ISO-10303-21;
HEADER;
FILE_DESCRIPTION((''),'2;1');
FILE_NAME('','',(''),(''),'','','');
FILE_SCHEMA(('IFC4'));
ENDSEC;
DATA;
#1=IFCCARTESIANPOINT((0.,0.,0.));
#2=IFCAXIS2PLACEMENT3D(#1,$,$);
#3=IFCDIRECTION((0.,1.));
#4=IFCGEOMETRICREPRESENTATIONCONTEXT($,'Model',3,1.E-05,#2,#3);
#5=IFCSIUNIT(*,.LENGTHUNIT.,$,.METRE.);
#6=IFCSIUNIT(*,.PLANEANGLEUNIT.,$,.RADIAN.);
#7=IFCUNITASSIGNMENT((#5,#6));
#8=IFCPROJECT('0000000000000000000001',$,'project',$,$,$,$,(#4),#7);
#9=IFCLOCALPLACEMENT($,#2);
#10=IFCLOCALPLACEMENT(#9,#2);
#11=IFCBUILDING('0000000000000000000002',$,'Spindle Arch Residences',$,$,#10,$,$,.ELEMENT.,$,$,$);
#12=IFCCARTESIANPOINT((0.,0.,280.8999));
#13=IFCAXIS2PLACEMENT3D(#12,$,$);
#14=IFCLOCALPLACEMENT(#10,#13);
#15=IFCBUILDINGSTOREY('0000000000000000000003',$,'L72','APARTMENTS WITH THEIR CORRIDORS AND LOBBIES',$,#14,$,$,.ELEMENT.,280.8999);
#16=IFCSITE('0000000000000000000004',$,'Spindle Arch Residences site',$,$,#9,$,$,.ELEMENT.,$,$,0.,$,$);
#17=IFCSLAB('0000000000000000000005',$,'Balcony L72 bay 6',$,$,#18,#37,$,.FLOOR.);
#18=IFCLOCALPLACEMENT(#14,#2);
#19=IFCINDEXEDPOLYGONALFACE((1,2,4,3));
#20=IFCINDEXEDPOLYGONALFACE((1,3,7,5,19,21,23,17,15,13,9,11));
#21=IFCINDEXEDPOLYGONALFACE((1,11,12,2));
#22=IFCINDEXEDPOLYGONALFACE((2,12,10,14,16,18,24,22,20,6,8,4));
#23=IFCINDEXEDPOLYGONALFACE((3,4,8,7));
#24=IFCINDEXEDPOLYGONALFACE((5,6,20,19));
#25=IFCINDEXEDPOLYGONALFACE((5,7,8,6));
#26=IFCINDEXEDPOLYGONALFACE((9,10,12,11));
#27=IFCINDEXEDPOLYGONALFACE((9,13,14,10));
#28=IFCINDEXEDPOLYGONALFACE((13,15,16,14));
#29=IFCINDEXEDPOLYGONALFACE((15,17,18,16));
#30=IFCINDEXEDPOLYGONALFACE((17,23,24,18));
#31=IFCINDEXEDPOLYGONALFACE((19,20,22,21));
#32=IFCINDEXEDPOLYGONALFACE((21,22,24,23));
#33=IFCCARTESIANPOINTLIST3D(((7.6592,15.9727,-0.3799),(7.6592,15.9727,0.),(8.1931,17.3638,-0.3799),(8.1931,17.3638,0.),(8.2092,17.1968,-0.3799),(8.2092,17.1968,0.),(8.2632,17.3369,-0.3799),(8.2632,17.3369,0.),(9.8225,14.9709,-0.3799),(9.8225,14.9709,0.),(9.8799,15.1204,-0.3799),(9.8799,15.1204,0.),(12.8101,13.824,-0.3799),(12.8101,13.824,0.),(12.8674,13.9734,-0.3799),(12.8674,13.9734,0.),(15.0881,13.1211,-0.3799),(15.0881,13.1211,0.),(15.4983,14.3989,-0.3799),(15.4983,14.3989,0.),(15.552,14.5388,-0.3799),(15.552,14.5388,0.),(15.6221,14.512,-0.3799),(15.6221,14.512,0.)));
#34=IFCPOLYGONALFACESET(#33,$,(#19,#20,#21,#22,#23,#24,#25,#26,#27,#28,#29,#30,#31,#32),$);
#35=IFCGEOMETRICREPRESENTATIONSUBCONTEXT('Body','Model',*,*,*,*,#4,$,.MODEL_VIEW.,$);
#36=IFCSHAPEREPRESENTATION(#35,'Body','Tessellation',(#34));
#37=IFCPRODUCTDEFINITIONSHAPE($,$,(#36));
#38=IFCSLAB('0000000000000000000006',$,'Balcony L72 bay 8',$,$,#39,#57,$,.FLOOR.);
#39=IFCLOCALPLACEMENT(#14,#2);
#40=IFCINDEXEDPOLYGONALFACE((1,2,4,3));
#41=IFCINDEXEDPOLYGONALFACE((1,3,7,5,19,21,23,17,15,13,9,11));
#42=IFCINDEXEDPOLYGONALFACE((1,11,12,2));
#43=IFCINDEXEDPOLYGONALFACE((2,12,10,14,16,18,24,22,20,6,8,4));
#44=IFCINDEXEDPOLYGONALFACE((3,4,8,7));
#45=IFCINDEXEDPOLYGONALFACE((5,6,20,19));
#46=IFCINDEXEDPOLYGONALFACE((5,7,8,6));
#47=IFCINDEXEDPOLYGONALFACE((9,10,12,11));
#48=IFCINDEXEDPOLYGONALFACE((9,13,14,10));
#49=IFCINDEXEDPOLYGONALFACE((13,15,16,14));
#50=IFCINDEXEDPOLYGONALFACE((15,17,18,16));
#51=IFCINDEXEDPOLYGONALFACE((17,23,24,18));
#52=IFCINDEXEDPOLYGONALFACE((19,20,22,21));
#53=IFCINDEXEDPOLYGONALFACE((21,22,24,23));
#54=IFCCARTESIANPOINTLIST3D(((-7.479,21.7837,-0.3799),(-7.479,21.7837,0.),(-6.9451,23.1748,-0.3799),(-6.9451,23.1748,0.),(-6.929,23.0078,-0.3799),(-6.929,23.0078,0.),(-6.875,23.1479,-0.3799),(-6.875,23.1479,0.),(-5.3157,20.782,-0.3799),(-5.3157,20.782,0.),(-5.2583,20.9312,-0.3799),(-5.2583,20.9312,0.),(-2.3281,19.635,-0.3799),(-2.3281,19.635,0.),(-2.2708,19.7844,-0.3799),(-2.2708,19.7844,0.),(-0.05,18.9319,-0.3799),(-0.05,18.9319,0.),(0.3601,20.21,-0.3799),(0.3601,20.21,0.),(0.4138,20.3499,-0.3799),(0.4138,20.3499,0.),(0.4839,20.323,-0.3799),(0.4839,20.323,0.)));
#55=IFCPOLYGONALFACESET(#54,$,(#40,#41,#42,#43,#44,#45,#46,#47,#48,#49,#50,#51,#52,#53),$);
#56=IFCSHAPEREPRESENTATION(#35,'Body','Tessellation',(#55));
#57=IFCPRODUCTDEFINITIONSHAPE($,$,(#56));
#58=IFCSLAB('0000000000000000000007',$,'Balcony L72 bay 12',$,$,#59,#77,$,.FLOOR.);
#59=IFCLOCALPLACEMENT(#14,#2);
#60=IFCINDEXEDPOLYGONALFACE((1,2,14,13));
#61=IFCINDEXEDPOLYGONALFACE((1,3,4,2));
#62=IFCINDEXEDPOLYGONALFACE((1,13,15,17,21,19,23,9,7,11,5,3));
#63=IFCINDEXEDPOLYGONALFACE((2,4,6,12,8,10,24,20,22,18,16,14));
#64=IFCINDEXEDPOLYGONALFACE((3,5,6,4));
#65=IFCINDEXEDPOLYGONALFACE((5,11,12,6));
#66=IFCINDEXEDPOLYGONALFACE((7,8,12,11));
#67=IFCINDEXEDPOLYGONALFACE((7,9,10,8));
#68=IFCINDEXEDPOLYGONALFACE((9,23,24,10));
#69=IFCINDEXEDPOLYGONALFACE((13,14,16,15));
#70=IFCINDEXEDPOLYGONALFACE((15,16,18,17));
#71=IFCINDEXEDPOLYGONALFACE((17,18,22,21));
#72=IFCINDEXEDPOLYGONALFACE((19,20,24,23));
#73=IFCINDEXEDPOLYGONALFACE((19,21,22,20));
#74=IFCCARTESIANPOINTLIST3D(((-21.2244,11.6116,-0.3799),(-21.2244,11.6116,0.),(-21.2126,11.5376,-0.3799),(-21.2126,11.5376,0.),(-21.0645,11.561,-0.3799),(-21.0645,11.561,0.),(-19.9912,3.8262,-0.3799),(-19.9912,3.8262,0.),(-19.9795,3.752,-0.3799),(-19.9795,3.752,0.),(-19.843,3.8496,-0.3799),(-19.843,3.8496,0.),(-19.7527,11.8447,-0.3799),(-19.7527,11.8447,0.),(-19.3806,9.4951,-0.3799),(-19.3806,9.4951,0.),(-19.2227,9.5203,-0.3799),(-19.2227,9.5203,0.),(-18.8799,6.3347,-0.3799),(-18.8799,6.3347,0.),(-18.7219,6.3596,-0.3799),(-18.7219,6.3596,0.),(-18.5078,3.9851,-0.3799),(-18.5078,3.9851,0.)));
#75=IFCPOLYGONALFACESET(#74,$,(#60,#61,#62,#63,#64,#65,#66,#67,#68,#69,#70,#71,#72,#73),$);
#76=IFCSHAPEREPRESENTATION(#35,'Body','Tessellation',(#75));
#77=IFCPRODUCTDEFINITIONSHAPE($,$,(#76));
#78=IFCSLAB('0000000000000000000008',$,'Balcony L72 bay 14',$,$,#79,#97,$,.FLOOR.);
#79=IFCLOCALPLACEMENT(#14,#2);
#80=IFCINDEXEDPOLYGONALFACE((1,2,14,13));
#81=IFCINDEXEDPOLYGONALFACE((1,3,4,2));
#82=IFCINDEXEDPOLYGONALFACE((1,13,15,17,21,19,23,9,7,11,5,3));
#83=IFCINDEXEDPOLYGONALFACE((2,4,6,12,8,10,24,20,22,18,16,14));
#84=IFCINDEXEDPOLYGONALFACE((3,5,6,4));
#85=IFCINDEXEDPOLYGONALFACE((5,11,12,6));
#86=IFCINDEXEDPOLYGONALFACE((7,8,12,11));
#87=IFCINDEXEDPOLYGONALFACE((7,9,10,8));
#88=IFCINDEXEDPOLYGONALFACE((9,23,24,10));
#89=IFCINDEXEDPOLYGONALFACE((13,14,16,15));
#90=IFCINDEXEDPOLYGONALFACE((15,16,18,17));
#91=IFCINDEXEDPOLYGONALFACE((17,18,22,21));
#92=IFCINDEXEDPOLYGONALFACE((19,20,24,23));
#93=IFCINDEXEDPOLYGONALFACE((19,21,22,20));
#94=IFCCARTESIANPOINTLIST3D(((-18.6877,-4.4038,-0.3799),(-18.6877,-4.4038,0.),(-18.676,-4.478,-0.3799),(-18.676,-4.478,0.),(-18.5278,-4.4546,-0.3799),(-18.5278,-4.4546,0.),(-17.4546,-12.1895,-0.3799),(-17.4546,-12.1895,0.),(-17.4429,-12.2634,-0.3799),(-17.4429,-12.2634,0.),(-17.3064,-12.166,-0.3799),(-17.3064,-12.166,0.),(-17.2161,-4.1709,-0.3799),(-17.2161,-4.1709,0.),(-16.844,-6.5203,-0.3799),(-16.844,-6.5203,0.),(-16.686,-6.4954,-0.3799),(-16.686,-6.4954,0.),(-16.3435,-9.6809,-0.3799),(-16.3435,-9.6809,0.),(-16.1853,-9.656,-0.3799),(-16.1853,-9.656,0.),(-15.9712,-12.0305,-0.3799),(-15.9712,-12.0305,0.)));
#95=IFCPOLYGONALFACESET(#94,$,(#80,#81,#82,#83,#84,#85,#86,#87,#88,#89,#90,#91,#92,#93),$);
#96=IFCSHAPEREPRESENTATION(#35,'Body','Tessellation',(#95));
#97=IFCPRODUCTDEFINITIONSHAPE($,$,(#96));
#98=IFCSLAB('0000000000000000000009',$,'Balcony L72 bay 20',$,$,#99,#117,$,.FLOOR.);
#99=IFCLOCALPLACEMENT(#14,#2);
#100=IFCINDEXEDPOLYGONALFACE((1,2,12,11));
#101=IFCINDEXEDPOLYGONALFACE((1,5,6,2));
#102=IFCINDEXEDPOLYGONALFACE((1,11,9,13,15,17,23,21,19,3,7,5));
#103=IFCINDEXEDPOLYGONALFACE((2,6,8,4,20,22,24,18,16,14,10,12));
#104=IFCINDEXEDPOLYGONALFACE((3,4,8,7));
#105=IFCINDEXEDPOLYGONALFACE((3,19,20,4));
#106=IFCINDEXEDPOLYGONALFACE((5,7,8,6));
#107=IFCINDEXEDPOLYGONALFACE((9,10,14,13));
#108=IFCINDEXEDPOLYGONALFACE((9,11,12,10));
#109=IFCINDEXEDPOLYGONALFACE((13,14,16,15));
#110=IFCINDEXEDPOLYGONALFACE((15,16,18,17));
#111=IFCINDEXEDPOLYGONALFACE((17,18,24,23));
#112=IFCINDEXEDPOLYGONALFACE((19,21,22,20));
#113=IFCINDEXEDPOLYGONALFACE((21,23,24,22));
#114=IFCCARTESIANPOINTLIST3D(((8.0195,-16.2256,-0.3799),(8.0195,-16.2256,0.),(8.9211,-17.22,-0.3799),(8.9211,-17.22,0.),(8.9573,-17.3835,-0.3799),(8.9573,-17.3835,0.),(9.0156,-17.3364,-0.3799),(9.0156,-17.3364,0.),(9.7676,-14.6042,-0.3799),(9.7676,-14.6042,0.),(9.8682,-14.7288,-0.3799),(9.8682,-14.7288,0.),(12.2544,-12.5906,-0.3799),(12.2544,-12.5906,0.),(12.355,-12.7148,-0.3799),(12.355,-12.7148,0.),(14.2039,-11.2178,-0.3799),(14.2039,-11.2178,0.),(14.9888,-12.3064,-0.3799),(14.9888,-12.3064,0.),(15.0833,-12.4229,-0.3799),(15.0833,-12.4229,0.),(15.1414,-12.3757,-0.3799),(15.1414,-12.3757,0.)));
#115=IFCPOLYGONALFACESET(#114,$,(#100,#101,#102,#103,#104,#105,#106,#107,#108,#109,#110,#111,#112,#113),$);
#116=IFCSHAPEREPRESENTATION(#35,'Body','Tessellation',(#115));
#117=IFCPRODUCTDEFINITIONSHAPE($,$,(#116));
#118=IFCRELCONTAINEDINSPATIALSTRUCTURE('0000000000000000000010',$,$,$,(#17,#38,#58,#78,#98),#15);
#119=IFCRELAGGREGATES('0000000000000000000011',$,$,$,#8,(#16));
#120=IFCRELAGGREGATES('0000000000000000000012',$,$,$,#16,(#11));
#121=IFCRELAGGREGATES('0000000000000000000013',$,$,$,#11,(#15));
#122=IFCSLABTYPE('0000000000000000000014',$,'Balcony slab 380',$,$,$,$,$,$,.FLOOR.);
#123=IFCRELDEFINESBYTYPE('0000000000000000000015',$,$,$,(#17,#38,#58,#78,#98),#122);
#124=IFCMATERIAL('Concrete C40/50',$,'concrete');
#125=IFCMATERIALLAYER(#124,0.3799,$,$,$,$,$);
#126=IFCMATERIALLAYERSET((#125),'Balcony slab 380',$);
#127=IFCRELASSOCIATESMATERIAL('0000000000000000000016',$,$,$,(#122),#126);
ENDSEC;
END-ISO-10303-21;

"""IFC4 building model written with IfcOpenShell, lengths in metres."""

from ifc_helpers import new_model, si_unit, direction, frame, origin, place, context, subcontext, project, spatial, polyline, outline, extrude, material, layer, layer_set, type_object, element, save


model = new_model("IFC4")

# Units and contexts
model_context = context("Model", 3, precision=1e-05, world=origin(), true_north=direction((0.0, 1.0)))
body_context = subcontext(model_context, "Body", "Model", "MODEL_VIEW")
ifc_project = project(units=[si_unit("LENGTHUNIT", "METRE"), si_unit("PLANEANGLEUNIT", "RADIAN")], contexts=[model_context])

# Site, building, storey
site_placement = place(None, origin())
site = spatial("IfcSite", under=ifc_project, at=site_placement, Name="Spindle Arch Residences site", CompositionType="ELEMENT", RefElevation=0.0)
building_placement = place(site_placement, origin())
building = spatial("IfcBuilding", under=site, at=building_placement, Name="Spindle Arch Residences", CompositionType="ELEMENT")
storey_placement = place(building_placement, frame((0.0, 0.0, 280.8999)))
storey = spatial("IfcBuildingStorey", under=building, at=storey_placement, Name="L72", Description="APARTMENTS WITH THEIR CORRIDORS AND LOBBIES", CompositionType="ELEMENT", Elevation=280.8999)

# Slabs
ifc_material_1 = material(Name="Concrete C40/50", Category="concrete")
ifc_layer_1 = layer(ifc_material_1, 0.3799)
ifc_layer_set_1 = layer_set([ifc_layer_1], Name="Balcony slab 380")
slab_type_1 = type_object("IfcSlabType", Name="Balcony slab 380", PredefinedType="FLOOR", material=ifc_layer_set_1)
slab_1_placement = place(storey_placement, frame((0.0, 0.0, -0.3799)))
element("IfcSlab", 1, at=slab_1_placement, inside=storey, type_object=slab_type_1, Name="Balcony L72 bay 6", PredefinedType="FLOOR", context=body_context, shape_type="SweptSolid", body=[
    extrude(outline(polyline([(15.6221, 14.512), (15.552, 14.5388), (15.4983, 14.3989), (8.2092, 17.1968), (8.2632, 17.3369), (8.1931, 17.3638), (7.6592, 15.9727), (9.8799, 15.1204), (9.8225, 14.9709), (12.8101, 13.824), (12.8674, 13.9734), (15.0881, 13.1211), (15.6221, 14.512)])), origin(), (0.0, 0.0, 1.0), 0.3799),
])
slab_2_placement = place(storey_placement, frame((0.0, 0.0, -0.3799)))
element("IfcSlab", 2, at=slab_2_placement, inside=storey, type_object=slab_type_1, Name="Balcony L72 bay 8", PredefinedType="FLOOR", context=body_context, shape_type="SweptSolid", body=[
    extrude(outline(polyline([(0.4839, 20.323), (0.4138, 20.3499), (0.3601, 20.21), (-6.929, 23.0078), (-6.875, 23.1479), (-6.9451, 23.1748), (-7.479, 21.7837), (-5.2583, 20.9312), (-5.3157, 20.782), (-2.3281, 19.635), (-2.2708, 19.7844), (-0.05, 18.9319), (0.4839, 20.323)])), origin(), (0.0, 0.0, 1.0), 0.3799),
])
slab_3_placement = place(storey_placement, frame((0.0, 0.0, -0.3799)))
element("IfcSlab", 3, at=slab_3_placement, inside=storey, type_object=slab_type_1, Name="Balcony L72 bay 12", PredefinedType="FLOOR", context=body_context, shape_type="SweptSolid", body=[
    extrude(outline(polyline([(-21.2244, 11.6116), (-21.2126, 11.5376), (-21.0645, 11.561), (-19.843, 3.8496), (-19.9912, 3.8262), (-19.9795, 3.752), (-18.5078, 3.9851), (-18.8799, 6.3347), (-18.7219, 6.3596), (-19.2227, 9.5203), (-19.3806, 9.4951), (-19.7527, 11.8447), (-21.2244, 11.6116)])), origin(), (0.0, 0.0, 1.0), 0.3799),
])
slab_4_placement = place(storey_placement, frame((0.0, 0.0, -0.3799)))
element("IfcSlab", 4, at=slab_4_placement, inside=storey, type_object=slab_type_1, Name="Balcony L72 bay 14", PredefinedType="FLOOR", context=body_context, shape_type="SweptSolid", body=[
    extrude(outline(polyline([(-18.6877, -4.4038), (-18.676, -4.478), (-18.5278, -4.4546), (-17.3064, -12.166), (-17.4546, -12.1895), (-17.4429, -12.2634), (-15.9712, -12.0305), (-16.3435, -9.6809), (-16.1853, -9.656), (-16.686, -6.4954), (-16.844, -6.5203), (-17.2161, -4.1709), (-18.6877, -4.4038)])), origin(), (0.0, 0.0, 1.0), 0.3799),
])
slab_5_placement = place(storey_placement, frame((0.0, 0.0, -0.3799)))
element("IfcSlab", 5, at=slab_5_placement, inside=storey, type_object=slab_type_1, Name="Balcony L72 bay 20", PredefinedType="FLOOR", context=body_context, shape_type="SweptSolid", body=[
    extrude(outline(polyline([(8.9573, -17.3835), (9.0156, -17.3364), (8.9211, -17.22), (14.9888, -12.3064), (15.0833, -12.4229), (15.1414, -12.3757), (14.2039, -11.2178), (12.355, -12.7148), (12.2544, -12.5906), (9.7676, -14.6042), (9.8682, -14.7288), (8.0195, -16.2256), (8.9573, -17.3835)])), origin(), (0.0, 0.0, 1.0), 0.3799),
])

save(model, "model.ifc")
